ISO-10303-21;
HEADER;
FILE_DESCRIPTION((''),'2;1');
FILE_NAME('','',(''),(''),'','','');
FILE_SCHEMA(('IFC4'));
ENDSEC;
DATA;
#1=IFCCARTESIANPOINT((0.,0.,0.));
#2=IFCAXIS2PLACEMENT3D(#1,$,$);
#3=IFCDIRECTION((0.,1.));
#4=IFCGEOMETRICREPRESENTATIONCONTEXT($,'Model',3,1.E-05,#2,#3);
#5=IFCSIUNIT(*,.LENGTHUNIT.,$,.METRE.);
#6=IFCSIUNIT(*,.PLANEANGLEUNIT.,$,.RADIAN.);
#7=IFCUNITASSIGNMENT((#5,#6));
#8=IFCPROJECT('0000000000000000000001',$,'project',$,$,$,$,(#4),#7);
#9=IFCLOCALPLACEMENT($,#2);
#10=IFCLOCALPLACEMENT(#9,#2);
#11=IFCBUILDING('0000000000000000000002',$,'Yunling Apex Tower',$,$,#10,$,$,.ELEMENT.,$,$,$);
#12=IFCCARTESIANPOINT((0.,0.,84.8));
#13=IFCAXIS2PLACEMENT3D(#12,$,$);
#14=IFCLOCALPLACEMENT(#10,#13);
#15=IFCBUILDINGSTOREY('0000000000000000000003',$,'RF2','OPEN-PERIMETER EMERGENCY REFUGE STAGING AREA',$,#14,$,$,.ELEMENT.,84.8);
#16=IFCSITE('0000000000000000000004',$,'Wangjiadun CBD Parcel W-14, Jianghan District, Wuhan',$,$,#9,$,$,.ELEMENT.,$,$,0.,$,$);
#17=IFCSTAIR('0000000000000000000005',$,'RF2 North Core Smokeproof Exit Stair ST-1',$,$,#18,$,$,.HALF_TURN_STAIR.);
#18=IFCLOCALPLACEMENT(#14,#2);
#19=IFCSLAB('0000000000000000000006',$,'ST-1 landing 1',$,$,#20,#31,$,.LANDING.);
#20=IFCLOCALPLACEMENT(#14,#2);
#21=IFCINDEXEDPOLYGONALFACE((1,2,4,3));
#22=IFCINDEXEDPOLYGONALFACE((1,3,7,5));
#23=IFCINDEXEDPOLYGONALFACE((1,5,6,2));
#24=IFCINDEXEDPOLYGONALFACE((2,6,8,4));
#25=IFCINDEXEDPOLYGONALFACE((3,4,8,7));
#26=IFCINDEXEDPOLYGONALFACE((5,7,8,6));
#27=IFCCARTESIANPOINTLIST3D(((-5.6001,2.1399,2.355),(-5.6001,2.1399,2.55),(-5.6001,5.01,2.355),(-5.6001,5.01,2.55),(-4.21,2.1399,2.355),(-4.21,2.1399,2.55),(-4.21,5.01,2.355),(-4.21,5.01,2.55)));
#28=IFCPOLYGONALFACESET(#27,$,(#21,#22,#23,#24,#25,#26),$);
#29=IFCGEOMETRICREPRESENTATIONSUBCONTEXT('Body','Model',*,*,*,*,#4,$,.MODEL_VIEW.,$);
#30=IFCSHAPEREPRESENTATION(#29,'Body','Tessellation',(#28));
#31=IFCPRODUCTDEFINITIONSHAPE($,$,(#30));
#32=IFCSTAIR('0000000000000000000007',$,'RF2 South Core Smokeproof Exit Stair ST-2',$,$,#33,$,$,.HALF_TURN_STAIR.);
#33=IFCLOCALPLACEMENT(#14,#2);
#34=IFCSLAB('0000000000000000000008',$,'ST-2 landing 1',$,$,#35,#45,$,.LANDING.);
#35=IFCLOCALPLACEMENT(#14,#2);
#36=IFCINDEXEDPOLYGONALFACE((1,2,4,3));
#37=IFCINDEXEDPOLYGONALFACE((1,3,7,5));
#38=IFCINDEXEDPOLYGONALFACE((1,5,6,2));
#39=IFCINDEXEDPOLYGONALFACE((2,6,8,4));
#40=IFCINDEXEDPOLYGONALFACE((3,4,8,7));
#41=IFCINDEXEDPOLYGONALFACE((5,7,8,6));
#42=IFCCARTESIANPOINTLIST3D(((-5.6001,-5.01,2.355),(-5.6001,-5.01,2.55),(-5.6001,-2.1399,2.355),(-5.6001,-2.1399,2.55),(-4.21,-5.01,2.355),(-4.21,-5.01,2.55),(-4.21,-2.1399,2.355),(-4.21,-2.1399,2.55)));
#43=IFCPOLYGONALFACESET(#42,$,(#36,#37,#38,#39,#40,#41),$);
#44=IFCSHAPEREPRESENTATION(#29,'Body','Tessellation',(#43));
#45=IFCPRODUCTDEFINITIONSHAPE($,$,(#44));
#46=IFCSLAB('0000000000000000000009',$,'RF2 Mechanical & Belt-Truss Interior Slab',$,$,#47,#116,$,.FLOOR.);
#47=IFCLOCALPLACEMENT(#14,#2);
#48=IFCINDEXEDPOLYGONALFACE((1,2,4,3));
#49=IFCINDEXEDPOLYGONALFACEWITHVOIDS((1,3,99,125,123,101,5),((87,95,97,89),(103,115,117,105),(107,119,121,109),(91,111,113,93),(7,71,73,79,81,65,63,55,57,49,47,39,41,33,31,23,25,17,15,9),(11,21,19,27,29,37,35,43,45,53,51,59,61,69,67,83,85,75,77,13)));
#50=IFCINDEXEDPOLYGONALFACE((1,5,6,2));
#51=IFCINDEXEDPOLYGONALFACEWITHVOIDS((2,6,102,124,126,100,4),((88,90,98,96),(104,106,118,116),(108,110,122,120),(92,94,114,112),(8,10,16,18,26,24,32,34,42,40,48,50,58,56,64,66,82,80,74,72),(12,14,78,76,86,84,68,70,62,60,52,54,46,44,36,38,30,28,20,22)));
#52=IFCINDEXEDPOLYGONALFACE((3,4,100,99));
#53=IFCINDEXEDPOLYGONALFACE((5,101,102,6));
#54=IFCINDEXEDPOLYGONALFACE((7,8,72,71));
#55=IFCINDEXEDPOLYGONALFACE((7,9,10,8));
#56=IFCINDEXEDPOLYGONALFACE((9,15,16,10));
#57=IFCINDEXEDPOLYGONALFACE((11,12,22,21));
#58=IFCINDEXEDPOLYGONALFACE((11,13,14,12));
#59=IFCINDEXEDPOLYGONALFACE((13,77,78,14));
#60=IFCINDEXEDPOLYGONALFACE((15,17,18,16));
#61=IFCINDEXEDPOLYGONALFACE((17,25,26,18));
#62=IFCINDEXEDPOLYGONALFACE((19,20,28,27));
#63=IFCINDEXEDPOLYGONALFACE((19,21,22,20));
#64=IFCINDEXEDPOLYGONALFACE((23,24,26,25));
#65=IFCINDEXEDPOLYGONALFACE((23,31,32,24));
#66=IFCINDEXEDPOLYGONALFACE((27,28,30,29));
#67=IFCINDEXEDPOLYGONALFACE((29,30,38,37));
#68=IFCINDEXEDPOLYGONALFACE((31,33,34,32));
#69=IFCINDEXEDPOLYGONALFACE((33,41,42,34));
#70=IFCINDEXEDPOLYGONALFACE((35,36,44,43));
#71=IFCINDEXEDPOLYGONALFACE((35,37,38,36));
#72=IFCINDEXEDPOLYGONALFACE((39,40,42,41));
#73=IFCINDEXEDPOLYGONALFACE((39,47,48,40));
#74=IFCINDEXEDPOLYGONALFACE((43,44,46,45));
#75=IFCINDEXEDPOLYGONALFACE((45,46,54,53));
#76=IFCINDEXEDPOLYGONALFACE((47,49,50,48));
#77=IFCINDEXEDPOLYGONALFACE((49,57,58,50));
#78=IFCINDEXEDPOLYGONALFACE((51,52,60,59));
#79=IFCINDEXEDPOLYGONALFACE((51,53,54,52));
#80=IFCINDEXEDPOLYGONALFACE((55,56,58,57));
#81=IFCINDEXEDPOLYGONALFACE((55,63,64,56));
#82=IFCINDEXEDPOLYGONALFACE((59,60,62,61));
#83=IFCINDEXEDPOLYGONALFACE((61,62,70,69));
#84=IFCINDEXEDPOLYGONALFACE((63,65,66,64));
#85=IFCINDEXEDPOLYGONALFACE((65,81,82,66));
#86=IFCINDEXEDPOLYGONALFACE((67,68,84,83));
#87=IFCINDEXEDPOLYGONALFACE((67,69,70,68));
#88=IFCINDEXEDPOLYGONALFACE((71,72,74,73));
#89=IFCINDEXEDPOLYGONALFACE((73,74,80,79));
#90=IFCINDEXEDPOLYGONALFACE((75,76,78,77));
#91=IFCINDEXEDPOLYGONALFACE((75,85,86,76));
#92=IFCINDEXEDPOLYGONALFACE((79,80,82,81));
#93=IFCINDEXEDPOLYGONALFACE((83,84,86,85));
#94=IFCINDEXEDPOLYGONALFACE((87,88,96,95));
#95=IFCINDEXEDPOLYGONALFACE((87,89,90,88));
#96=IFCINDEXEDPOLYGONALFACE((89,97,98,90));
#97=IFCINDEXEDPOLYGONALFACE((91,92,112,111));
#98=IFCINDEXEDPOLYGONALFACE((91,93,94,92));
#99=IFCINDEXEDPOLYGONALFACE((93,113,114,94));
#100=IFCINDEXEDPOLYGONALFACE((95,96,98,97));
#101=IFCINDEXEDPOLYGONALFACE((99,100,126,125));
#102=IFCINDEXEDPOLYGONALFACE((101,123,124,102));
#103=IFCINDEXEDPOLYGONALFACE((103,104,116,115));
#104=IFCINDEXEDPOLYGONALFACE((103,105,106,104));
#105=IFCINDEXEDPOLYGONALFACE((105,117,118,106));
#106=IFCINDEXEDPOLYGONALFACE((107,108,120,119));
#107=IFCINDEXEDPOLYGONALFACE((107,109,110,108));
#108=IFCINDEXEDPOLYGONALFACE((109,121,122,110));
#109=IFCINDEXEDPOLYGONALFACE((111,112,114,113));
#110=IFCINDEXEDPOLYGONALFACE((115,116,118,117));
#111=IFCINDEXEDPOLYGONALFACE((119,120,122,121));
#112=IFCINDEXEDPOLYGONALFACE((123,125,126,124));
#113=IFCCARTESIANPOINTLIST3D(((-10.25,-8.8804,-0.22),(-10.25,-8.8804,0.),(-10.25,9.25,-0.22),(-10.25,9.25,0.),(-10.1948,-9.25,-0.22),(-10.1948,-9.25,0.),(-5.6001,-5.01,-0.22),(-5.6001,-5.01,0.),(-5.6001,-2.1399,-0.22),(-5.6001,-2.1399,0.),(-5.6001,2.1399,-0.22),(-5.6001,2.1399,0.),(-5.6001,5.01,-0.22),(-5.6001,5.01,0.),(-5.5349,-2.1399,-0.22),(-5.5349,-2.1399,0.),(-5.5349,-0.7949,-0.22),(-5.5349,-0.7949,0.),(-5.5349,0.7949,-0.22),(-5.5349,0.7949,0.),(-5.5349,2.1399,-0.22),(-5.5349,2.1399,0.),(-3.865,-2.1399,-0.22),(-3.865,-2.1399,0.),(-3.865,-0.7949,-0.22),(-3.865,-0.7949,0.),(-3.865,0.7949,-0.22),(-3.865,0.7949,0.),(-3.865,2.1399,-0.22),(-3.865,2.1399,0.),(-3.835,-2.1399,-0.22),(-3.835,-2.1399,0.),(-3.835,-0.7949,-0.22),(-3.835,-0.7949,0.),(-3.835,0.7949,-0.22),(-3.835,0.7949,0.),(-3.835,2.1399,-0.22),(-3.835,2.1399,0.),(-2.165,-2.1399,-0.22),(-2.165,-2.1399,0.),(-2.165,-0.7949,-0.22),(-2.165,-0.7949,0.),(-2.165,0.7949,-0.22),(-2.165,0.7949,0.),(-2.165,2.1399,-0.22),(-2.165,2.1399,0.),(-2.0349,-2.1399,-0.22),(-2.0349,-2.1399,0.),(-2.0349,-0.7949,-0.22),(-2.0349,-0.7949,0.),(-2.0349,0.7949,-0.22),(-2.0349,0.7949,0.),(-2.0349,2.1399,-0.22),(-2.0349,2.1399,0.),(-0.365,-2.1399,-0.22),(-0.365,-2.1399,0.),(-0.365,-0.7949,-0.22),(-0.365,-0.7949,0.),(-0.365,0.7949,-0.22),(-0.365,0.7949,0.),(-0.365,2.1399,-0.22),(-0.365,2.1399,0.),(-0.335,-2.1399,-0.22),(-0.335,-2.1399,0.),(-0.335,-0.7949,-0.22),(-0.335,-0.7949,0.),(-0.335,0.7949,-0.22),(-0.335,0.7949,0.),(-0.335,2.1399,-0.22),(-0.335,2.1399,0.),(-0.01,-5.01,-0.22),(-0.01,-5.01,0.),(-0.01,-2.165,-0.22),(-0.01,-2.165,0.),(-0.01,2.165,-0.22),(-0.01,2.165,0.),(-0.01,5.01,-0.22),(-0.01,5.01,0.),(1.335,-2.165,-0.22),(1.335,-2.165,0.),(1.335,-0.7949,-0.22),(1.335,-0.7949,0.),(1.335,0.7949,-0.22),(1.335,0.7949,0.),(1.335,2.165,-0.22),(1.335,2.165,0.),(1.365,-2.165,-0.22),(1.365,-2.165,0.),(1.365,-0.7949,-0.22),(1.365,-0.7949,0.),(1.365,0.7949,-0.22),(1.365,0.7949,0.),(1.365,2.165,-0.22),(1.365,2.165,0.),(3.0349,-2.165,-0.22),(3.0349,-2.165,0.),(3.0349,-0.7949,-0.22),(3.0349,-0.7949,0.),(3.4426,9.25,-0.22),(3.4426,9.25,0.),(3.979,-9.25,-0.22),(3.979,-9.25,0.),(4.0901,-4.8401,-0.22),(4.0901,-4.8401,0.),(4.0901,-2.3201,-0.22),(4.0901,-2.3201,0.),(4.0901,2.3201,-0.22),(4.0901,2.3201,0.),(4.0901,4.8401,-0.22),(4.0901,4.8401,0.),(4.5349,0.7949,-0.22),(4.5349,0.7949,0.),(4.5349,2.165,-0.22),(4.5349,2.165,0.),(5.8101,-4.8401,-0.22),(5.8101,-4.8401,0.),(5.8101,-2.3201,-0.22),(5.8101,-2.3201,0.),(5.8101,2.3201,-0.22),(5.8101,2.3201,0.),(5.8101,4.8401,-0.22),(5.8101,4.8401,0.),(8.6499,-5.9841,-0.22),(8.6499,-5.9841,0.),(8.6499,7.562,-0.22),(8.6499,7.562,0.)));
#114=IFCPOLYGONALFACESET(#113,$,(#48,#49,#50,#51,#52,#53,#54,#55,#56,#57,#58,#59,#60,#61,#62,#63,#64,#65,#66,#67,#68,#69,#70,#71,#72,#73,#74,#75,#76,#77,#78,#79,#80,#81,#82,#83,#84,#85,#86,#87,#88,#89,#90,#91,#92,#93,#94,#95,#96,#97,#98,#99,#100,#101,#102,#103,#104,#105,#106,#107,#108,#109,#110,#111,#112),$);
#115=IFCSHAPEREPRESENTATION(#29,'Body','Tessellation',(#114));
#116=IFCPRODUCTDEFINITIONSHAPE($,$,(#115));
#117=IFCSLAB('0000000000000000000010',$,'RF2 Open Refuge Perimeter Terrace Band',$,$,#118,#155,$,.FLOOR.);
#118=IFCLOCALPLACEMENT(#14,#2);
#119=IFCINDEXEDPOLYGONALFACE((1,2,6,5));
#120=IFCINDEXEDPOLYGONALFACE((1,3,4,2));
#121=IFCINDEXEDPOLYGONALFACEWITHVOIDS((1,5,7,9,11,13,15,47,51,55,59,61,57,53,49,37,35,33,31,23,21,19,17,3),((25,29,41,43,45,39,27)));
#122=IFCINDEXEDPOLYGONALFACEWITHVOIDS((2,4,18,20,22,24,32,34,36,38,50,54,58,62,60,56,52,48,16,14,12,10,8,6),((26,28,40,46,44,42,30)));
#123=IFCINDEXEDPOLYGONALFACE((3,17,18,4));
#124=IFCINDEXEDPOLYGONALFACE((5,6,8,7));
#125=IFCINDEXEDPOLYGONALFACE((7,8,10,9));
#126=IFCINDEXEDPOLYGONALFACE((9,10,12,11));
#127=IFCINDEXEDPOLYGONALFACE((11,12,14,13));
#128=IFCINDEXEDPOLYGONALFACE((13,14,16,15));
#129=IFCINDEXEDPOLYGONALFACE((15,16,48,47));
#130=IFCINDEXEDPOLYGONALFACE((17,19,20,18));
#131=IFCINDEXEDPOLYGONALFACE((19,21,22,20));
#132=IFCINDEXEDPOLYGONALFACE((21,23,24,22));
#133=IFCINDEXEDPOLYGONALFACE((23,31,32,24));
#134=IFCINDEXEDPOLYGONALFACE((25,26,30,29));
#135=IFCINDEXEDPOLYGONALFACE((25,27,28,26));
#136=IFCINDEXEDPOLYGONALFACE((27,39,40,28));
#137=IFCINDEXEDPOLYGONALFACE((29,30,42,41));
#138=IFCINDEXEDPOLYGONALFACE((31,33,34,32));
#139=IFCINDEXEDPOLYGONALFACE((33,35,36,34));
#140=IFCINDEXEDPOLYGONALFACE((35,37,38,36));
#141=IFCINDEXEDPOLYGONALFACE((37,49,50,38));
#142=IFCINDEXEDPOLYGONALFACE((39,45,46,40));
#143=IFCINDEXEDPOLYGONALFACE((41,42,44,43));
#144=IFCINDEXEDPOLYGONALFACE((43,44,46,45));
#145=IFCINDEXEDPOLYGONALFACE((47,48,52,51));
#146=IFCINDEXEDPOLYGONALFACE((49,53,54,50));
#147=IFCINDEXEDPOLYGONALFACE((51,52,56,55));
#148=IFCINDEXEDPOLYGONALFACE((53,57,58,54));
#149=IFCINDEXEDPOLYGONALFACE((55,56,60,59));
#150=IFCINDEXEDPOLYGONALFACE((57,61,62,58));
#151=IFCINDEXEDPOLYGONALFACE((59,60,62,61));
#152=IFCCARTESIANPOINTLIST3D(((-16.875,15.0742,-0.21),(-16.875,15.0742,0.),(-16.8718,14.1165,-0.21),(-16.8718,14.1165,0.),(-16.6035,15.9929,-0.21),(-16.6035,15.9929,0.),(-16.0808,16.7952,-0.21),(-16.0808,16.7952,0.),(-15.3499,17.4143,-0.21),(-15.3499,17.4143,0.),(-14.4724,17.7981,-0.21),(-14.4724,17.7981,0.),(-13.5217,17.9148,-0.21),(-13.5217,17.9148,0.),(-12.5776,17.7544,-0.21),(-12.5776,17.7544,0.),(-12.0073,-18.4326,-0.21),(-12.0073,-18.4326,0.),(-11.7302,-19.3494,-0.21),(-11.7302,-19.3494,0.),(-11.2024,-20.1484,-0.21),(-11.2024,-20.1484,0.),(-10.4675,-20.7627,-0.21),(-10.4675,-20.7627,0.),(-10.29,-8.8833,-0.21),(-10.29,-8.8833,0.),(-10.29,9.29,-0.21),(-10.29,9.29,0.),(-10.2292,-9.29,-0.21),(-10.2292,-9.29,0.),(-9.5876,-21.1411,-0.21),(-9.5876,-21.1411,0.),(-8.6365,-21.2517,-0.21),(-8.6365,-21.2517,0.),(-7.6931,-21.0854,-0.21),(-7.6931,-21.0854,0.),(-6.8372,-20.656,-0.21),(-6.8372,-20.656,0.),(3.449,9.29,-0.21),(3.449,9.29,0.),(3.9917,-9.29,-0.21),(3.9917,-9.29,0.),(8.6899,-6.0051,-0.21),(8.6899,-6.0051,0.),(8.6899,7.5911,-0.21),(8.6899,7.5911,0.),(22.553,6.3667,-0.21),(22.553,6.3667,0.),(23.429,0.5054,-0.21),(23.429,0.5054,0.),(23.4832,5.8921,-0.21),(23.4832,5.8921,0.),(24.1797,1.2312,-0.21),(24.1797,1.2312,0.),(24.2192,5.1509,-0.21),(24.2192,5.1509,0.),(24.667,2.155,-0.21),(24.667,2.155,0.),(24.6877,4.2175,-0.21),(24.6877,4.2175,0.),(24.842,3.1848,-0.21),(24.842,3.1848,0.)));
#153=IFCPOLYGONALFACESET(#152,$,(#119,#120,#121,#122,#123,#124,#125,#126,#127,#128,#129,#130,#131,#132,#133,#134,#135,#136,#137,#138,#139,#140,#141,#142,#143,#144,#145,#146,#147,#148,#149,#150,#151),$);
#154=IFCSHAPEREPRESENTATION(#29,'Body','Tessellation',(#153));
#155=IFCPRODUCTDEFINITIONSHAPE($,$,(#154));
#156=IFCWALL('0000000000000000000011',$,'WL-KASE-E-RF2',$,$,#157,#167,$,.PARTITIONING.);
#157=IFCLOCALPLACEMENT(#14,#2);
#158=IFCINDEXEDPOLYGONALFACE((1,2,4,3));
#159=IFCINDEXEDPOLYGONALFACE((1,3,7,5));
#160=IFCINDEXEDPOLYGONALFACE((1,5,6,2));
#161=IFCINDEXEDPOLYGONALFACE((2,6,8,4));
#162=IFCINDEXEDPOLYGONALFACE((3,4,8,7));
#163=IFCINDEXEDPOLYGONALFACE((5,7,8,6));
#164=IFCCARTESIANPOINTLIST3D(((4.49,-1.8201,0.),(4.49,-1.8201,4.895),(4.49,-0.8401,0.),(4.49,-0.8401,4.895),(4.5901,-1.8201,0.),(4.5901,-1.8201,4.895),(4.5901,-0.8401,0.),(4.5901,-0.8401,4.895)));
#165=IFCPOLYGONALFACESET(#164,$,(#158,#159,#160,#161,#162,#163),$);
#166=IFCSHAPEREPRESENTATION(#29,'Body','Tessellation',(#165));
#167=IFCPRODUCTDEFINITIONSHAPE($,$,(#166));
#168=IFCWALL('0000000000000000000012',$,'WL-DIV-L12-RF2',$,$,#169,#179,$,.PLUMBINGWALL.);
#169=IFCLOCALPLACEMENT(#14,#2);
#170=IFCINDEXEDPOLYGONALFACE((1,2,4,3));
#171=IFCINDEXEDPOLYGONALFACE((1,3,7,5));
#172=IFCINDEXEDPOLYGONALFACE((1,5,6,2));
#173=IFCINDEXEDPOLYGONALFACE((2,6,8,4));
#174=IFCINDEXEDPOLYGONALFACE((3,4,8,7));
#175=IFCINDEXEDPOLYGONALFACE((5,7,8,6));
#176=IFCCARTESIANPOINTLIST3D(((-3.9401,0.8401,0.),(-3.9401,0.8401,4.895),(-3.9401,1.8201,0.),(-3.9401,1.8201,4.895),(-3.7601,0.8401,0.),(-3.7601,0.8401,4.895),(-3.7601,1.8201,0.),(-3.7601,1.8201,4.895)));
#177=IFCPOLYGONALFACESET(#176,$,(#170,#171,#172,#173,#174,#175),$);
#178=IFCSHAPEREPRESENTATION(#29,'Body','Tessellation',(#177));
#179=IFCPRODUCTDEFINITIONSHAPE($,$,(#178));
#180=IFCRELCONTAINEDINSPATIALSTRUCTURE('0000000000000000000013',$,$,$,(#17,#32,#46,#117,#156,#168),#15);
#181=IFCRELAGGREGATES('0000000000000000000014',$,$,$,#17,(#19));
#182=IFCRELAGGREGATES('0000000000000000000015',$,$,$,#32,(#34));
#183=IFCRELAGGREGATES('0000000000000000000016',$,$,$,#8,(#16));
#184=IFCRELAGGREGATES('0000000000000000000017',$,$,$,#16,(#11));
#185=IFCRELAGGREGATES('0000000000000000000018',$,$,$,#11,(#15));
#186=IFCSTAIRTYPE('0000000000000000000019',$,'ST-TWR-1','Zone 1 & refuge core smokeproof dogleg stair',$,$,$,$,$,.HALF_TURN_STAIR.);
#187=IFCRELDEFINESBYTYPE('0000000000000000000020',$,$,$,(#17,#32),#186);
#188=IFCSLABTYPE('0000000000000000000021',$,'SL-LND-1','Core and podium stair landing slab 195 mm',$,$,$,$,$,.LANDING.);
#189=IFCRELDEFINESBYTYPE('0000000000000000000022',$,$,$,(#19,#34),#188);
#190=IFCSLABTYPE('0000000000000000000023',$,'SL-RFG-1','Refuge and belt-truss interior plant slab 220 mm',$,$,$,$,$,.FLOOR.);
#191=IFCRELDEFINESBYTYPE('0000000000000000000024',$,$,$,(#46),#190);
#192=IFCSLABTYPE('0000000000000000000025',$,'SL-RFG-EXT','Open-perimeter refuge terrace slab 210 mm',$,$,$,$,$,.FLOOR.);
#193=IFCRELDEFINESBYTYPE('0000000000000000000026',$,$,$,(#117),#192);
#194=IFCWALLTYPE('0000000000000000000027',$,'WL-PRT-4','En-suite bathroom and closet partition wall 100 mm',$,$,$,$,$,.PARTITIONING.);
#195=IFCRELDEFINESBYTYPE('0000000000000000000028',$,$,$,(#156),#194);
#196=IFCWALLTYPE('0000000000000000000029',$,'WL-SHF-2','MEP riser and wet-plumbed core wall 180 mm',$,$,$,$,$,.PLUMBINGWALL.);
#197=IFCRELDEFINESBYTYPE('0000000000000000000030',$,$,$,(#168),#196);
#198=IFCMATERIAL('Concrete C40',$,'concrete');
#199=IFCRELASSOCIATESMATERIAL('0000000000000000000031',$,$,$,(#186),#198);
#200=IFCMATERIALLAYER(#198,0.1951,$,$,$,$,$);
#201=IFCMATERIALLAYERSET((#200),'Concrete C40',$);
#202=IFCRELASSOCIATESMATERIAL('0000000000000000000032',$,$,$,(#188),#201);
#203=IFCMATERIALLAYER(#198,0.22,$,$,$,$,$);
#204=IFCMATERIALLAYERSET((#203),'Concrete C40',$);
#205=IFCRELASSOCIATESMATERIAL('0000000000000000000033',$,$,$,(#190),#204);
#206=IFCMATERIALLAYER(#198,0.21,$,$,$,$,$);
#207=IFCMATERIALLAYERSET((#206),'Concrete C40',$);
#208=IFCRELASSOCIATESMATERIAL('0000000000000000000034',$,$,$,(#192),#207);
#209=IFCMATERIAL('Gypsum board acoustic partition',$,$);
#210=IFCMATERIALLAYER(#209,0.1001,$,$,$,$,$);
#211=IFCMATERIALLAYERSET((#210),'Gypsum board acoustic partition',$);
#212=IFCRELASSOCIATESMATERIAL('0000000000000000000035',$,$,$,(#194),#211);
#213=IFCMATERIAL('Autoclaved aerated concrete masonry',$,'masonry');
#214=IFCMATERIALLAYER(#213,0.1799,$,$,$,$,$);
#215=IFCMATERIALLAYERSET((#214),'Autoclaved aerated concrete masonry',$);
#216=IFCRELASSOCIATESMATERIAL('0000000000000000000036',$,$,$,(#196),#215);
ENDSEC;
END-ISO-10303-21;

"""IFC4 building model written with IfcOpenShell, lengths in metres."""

from ifc_helpers import new_model, si_unit, direction, frame, frame_2d, origin, place, context, subcontext, project, spatial, polyline, rectangle, outline, extrude, material, layer, layer_set, type_object, element, aggregate, save


model = new_model("IFC4")

# Units and contexts
model_context = context("Model", 3, precision=1e-05, world=origin(), true_north=direction((0.0, 1.0)))
body_context = subcontext(model_context, "Body", "Model", "MODEL_VIEW")
ifc_project = project(units=[si_unit("LENGTHUNIT", "METRE"), si_unit("PLANEANGLEUNIT", "RADIAN")], contexts=[model_context])

# Site, building, storey
site_placement = place(None, origin())
site = spatial("IfcSite", under=ifc_project, at=site_placement, Name="Wangjiadun CBD Parcel W-14, Jianghan District, Wuhan", CompositionType="ELEMENT", RefElevation=0.0)
building_placement = place(site_placement, origin())
building = spatial("IfcBuilding", under=site, at=building_placement, Name="Yunling Apex Tower", CompositionType="ELEMENT")
storey_placement = place(building_placement, frame((0.0, 0.0, 84.8)))
storey = spatial("IfcBuildingStorey", under=building, at=storey_placement, Name="RF2", Description="OPEN-PERIMETER EMERGENCY REFUGE STAGING AREA", CompositionType="ELEMENT", Elevation=84.8)

# Stairs, slabs
ifc_material_1 = material(Name="Concrete C40", Category="concrete")
stair_type = type_object("IfcStairType", Name="ST-TWR-1", Description="Zone 1 & refuge core smokeproof dogleg stair", PredefinedType="HALF_TURN_STAIR", material=ifc_material_1)
stair_1_placement = place(storey_placement, origin())
stair_1 = element("IfcStair", 1, at=stair_1_placement, inside=storey, type_object=stair_type, Name="RF2 North Core Smokeproof Exit Stair ST-1", PredefinedType="HALF_TURN_STAIR")
ifc_layer_1 = layer(ifc_material_1, 0.1951)
ifc_layer_set_1 = layer_set([ifc_layer_1], Name="Concrete C40")
slab_type_1 = type_object("IfcSlabType", Name="SL-LND-1", Description="Core and podium stair landing slab 195 mm", PredefinedType="LANDING", material=ifc_layer_set_1)
slab_1_placement = place(storey_placement, frame((0.0, 0.0, 2.355)))
slab_1 = element("IfcSlab", 2, at=slab_1_placement, type_object=slab_type_1, Name="ST-1 landing 1", PredefinedType="LANDING", context=body_context, shape_type="SweptSolid", body=[
    extrude(outline(polyline([(-4.21, 5.01), (-5.6001, 5.01), (-5.6001, 2.1399), (-4.21, 2.1399), (-4.21, 5.01)])), origin(), (0.0, 0.0, 1.0), 0.1951),
])
aggregate(stair_1, [slab_1])
stair_2_placement = place(storey_placement, origin())
stair_2 = element("IfcStair", 3, at=stair_2_placement, inside=storey, type_object=stair_type, Name="RF2 South Core Smokeproof Exit Stair ST-2", PredefinedType="HALF_TURN_STAIR")
slab_2_placement = place(storey_placement, frame((0.0, 0.0, 2.355)))
slab_2 = element("IfcSlab", 4, at=slab_2_placement, type_object=slab_type_1, Name="ST-2 landing 1", PredefinedType="LANDING", context=body_context, shape_type="SweptSolid", body=[
    extrude(outline(polyline([(-4.21, -2.1399), (-5.6001, -2.1399), (-5.6001, -5.01), (-4.21, -5.01), (-4.21, -2.1399)])), origin(), (0.0, 0.0, 1.0), 0.1951),
])

# Slabs
ifc_layer_2 = layer(ifc_material_1, 0.22)
ifc_layer_set_2 = layer_set([ifc_layer_2], Name="Concrete C40")
slab_type_2 = type_object("IfcSlabType", Name="SL-RFG-1", Description="Refuge and belt-truss interior plant slab 220 mm", PredefinedType="FLOOR", material=ifc_layer_set_2)
slab_3_placement = place(storey_placement, frame((0.0, 0.0, -0.22)))
element("IfcSlab", 5, at=slab_3_placement, inside=storey, type_object=slab_type_2, Name="RF2 Mechanical & Belt-Truss Interior Slab", PredefinedType="FLOOR", context=body_context, shape_type="SweptSolid", body=[
    extrude(outline(polyline([(8.6499, 7.562), (3.4426, 9.25), (-10.25, 9.25), (-10.25, -8.8804), (-10.1948, -9.25), (3.979, -9.25), (8.6499, -5.9841), (8.6499, 7.562)]), holes=[polyline([(5.8101, -2.3201), (5.8101, -4.8401), (4.0901, -4.8401), (4.0901, -2.3201), (5.8101, -2.3201)]), polyline([(5.8101, 4.8401), (5.8101, 2.3201), (4.0901, 2.3201), (4.0901, 4.8401), (5.8101, 4.8401)]), polyline([(1.365, 2.165), (4.5349, 2.165), (4.5349, 0.7949), (1.365, 0.7949), (1.365, 2.165)]), polyline([(3.0349, -0.7949), (3.0349, -2.165), (1.365, -2.165), (1.365, -0.7949), (3.0349, -0.7949)]), polyline([(-5.5349, -0.7949), (-3.865, -0.7949), (-3.865, -2.1399), (-3.835, -2.1399), (-3.835, -0.7949), (-2.165, -0.7949), (-2.165, -2.1399), (-2.0349, -2.1399), (-2.0349, -0.7949), (-0.365, -0.7949), (-0.365, -2.1399), (-0.335, -2.1399), (-0.335, -0.7949), (1.335, -0.7949), (1.335, -2.165), (-0.01, -2.165), (-0.01, -5.01), (-5.6001, -5.01), (-5.6001, -2.1399), (-5.5349, -2.1399), (-5.5349, -0.7949)]), polyline([(-5.6001, 2.1399), (-5.6001, 5.01), (-0.01, 5.01), (-0.01, 2.165), (1.335, 2.165), (1.335, 0.7949), (-0.335, 0.7949), (-0.335, 2.1399), (-0.365, 2.1399), (-0.365, 0.7949), (-2.0349, 0.7949), (-2.0349, 2.1399), (-2.165, 2.1399), (-2.165, 0.7949), (-3.835, 0.7949), (-3.835, 2.1399), (-3.865, 2.1399), (-3.865, 0.7949), (-5.5349, 0.7949), (-5.5349, 2.1399), (-5.6001, 2.1399)])]), origin(), (0.0, 0.0, 1.0), 0.22),
])
ifc_layer_3 = layer(ifc_material_1, 0.21)
ifc_layer_set_3 = layer_set([ifc_layer_3], Name="Concrete C40")
slab_type_3 = type_object("IfcSlabType", Name="SL-RFG-EXT", Description="Open-perimeter refuge terrace slab 210 mm", PredefinedType="FLOOR", material=ifc_layer_set_3)
slab_4_placement = place(storey_placement, frame((0.0, 0.0, -0.21)))
element("IfcSlab", 6, at=slab_4_placement, inside=storey, type_object=slab_type_3, Name="RF2 Open Refuge Perimeter Terrace Band", PredefinedType="FLOOR", context=body_context, shape_type="SweptSolid", body=[
    extrude(outline(polyline([(-12.0073, -18.4326), (-11.7302, -19.3494), (-11.2024, -20.1484), (-10.4675, -20.7627), (-9.5876, -21.1411), (-8.6365, -21.2517), (-7.6931, -21.0854), (-6.8372, -20.656), (23.429, 0.5054), (24.1797, 1.2312), (24.667, 2.155), (24.842, 3.1848), (24.6877, 4.2175), (24.2192, 5.1509), (23.4832, 5.8921), (22.553, 6.3667), (-12.5776, 17.7544), (-13.5217, 17.9148), (-14.4724, 17.7981), (-15.3499, 17.4143), (-16.0808, 16.7952), (-16.6035, 15.9929), (-16.875, 15.0742), (-16.8718, 14.1165), (-12.0073, -18.4326)]), holes=[polyline([(3.9917, -9.29), (-10.2292, -9.29), (-10.29, -8.8833), (-10.29, 9.29), (3.449, 9.29), (8.6899, 7.5911), (8.6899, -6.0051), (3.9917, -9.29)])]), origin(), (0.0, 0.0, 1.0), 0.21),
])

# Wall
ifc_material_2 = material(Name="Gypsum board acoustic partition")
ifc_layer_4 = layer(ifc_material_2, 0.1001)
ifc_layer_set_4 = layer_set([ifc_layer_4], Name="Gypsum board acoustic partition")
wall_type_1 = type_object("IfcWallType", Name="WL-PRT-4", Description="En-suite bathroom and closet partition wall 100 mm", PredefinedType="PARTITIONING", material=ifc_layer_set_4)
wall_1_placement = place(storey_placement, frame((4.54, -1.8201, 0.0), z_axis=(0.0, 0.0, 1.0), x_axis=(0.0, 1.0, 0.0)))
element("IfcWall", 7, at=wall_1_placement, inside=storey, type_object=wall_type_1, Name="WL-KASE-E-RF2", PredefinedType="PARTITIONING", context=body_context, shape_type="SweptSolid", body=[
    extrude(rectangle(XDim=0.98, YDim=0.1001, at=frame_2d((0.49, 0.0))), origin(), (0.0, 0.0, 1.0), 4.895),
])

# Shared definitions
ifc_material_3 = material(Name="Autoclaved aerated concrete masonry", Category="masonry")

# Wall
ifc_layer_5 = layer(ifc_material_3, 0.1799)
ifc_layer_set_5 = layer_set([ifc_layer_5], Name="Autoclaved aerated concrete masonry")
wall_type_2 = type_object("IfcWallType", Name="WL-SHF-2", Description="MEP riser and wet-plumbed core wall 180 mm", PredefinedType="PLUMBINGWALL", material=ifc_layer_set_5)
for number, where, z_axis, x_axis, name in (
    (8, (-3.8501, 0.8401, 0.0), (0.0, 0.0, 1.0), (0.0, 1.0, 0.0), "WL-DIV-L12-RF2"),
):
    element("IfcWall", number, at=place(storey_placement, frame(where, z_axis=z_axis, x_axis=x_axis)), inside=storey, type_object=wall_type_2, Name=name, PredefinedType="PLUMBINGWALL", context=body_context, shape_type="SweptSolid", body=[
        extrude(rectangle(XDim=0.98, YDim=0.1799, at=frame_2d((0.49, 0.0))), origin(), (0.0, 0.0, 1.0), 4.895),
    ])

aggregate(stair_2, [slab_2])

save(model, "model.ifc")
